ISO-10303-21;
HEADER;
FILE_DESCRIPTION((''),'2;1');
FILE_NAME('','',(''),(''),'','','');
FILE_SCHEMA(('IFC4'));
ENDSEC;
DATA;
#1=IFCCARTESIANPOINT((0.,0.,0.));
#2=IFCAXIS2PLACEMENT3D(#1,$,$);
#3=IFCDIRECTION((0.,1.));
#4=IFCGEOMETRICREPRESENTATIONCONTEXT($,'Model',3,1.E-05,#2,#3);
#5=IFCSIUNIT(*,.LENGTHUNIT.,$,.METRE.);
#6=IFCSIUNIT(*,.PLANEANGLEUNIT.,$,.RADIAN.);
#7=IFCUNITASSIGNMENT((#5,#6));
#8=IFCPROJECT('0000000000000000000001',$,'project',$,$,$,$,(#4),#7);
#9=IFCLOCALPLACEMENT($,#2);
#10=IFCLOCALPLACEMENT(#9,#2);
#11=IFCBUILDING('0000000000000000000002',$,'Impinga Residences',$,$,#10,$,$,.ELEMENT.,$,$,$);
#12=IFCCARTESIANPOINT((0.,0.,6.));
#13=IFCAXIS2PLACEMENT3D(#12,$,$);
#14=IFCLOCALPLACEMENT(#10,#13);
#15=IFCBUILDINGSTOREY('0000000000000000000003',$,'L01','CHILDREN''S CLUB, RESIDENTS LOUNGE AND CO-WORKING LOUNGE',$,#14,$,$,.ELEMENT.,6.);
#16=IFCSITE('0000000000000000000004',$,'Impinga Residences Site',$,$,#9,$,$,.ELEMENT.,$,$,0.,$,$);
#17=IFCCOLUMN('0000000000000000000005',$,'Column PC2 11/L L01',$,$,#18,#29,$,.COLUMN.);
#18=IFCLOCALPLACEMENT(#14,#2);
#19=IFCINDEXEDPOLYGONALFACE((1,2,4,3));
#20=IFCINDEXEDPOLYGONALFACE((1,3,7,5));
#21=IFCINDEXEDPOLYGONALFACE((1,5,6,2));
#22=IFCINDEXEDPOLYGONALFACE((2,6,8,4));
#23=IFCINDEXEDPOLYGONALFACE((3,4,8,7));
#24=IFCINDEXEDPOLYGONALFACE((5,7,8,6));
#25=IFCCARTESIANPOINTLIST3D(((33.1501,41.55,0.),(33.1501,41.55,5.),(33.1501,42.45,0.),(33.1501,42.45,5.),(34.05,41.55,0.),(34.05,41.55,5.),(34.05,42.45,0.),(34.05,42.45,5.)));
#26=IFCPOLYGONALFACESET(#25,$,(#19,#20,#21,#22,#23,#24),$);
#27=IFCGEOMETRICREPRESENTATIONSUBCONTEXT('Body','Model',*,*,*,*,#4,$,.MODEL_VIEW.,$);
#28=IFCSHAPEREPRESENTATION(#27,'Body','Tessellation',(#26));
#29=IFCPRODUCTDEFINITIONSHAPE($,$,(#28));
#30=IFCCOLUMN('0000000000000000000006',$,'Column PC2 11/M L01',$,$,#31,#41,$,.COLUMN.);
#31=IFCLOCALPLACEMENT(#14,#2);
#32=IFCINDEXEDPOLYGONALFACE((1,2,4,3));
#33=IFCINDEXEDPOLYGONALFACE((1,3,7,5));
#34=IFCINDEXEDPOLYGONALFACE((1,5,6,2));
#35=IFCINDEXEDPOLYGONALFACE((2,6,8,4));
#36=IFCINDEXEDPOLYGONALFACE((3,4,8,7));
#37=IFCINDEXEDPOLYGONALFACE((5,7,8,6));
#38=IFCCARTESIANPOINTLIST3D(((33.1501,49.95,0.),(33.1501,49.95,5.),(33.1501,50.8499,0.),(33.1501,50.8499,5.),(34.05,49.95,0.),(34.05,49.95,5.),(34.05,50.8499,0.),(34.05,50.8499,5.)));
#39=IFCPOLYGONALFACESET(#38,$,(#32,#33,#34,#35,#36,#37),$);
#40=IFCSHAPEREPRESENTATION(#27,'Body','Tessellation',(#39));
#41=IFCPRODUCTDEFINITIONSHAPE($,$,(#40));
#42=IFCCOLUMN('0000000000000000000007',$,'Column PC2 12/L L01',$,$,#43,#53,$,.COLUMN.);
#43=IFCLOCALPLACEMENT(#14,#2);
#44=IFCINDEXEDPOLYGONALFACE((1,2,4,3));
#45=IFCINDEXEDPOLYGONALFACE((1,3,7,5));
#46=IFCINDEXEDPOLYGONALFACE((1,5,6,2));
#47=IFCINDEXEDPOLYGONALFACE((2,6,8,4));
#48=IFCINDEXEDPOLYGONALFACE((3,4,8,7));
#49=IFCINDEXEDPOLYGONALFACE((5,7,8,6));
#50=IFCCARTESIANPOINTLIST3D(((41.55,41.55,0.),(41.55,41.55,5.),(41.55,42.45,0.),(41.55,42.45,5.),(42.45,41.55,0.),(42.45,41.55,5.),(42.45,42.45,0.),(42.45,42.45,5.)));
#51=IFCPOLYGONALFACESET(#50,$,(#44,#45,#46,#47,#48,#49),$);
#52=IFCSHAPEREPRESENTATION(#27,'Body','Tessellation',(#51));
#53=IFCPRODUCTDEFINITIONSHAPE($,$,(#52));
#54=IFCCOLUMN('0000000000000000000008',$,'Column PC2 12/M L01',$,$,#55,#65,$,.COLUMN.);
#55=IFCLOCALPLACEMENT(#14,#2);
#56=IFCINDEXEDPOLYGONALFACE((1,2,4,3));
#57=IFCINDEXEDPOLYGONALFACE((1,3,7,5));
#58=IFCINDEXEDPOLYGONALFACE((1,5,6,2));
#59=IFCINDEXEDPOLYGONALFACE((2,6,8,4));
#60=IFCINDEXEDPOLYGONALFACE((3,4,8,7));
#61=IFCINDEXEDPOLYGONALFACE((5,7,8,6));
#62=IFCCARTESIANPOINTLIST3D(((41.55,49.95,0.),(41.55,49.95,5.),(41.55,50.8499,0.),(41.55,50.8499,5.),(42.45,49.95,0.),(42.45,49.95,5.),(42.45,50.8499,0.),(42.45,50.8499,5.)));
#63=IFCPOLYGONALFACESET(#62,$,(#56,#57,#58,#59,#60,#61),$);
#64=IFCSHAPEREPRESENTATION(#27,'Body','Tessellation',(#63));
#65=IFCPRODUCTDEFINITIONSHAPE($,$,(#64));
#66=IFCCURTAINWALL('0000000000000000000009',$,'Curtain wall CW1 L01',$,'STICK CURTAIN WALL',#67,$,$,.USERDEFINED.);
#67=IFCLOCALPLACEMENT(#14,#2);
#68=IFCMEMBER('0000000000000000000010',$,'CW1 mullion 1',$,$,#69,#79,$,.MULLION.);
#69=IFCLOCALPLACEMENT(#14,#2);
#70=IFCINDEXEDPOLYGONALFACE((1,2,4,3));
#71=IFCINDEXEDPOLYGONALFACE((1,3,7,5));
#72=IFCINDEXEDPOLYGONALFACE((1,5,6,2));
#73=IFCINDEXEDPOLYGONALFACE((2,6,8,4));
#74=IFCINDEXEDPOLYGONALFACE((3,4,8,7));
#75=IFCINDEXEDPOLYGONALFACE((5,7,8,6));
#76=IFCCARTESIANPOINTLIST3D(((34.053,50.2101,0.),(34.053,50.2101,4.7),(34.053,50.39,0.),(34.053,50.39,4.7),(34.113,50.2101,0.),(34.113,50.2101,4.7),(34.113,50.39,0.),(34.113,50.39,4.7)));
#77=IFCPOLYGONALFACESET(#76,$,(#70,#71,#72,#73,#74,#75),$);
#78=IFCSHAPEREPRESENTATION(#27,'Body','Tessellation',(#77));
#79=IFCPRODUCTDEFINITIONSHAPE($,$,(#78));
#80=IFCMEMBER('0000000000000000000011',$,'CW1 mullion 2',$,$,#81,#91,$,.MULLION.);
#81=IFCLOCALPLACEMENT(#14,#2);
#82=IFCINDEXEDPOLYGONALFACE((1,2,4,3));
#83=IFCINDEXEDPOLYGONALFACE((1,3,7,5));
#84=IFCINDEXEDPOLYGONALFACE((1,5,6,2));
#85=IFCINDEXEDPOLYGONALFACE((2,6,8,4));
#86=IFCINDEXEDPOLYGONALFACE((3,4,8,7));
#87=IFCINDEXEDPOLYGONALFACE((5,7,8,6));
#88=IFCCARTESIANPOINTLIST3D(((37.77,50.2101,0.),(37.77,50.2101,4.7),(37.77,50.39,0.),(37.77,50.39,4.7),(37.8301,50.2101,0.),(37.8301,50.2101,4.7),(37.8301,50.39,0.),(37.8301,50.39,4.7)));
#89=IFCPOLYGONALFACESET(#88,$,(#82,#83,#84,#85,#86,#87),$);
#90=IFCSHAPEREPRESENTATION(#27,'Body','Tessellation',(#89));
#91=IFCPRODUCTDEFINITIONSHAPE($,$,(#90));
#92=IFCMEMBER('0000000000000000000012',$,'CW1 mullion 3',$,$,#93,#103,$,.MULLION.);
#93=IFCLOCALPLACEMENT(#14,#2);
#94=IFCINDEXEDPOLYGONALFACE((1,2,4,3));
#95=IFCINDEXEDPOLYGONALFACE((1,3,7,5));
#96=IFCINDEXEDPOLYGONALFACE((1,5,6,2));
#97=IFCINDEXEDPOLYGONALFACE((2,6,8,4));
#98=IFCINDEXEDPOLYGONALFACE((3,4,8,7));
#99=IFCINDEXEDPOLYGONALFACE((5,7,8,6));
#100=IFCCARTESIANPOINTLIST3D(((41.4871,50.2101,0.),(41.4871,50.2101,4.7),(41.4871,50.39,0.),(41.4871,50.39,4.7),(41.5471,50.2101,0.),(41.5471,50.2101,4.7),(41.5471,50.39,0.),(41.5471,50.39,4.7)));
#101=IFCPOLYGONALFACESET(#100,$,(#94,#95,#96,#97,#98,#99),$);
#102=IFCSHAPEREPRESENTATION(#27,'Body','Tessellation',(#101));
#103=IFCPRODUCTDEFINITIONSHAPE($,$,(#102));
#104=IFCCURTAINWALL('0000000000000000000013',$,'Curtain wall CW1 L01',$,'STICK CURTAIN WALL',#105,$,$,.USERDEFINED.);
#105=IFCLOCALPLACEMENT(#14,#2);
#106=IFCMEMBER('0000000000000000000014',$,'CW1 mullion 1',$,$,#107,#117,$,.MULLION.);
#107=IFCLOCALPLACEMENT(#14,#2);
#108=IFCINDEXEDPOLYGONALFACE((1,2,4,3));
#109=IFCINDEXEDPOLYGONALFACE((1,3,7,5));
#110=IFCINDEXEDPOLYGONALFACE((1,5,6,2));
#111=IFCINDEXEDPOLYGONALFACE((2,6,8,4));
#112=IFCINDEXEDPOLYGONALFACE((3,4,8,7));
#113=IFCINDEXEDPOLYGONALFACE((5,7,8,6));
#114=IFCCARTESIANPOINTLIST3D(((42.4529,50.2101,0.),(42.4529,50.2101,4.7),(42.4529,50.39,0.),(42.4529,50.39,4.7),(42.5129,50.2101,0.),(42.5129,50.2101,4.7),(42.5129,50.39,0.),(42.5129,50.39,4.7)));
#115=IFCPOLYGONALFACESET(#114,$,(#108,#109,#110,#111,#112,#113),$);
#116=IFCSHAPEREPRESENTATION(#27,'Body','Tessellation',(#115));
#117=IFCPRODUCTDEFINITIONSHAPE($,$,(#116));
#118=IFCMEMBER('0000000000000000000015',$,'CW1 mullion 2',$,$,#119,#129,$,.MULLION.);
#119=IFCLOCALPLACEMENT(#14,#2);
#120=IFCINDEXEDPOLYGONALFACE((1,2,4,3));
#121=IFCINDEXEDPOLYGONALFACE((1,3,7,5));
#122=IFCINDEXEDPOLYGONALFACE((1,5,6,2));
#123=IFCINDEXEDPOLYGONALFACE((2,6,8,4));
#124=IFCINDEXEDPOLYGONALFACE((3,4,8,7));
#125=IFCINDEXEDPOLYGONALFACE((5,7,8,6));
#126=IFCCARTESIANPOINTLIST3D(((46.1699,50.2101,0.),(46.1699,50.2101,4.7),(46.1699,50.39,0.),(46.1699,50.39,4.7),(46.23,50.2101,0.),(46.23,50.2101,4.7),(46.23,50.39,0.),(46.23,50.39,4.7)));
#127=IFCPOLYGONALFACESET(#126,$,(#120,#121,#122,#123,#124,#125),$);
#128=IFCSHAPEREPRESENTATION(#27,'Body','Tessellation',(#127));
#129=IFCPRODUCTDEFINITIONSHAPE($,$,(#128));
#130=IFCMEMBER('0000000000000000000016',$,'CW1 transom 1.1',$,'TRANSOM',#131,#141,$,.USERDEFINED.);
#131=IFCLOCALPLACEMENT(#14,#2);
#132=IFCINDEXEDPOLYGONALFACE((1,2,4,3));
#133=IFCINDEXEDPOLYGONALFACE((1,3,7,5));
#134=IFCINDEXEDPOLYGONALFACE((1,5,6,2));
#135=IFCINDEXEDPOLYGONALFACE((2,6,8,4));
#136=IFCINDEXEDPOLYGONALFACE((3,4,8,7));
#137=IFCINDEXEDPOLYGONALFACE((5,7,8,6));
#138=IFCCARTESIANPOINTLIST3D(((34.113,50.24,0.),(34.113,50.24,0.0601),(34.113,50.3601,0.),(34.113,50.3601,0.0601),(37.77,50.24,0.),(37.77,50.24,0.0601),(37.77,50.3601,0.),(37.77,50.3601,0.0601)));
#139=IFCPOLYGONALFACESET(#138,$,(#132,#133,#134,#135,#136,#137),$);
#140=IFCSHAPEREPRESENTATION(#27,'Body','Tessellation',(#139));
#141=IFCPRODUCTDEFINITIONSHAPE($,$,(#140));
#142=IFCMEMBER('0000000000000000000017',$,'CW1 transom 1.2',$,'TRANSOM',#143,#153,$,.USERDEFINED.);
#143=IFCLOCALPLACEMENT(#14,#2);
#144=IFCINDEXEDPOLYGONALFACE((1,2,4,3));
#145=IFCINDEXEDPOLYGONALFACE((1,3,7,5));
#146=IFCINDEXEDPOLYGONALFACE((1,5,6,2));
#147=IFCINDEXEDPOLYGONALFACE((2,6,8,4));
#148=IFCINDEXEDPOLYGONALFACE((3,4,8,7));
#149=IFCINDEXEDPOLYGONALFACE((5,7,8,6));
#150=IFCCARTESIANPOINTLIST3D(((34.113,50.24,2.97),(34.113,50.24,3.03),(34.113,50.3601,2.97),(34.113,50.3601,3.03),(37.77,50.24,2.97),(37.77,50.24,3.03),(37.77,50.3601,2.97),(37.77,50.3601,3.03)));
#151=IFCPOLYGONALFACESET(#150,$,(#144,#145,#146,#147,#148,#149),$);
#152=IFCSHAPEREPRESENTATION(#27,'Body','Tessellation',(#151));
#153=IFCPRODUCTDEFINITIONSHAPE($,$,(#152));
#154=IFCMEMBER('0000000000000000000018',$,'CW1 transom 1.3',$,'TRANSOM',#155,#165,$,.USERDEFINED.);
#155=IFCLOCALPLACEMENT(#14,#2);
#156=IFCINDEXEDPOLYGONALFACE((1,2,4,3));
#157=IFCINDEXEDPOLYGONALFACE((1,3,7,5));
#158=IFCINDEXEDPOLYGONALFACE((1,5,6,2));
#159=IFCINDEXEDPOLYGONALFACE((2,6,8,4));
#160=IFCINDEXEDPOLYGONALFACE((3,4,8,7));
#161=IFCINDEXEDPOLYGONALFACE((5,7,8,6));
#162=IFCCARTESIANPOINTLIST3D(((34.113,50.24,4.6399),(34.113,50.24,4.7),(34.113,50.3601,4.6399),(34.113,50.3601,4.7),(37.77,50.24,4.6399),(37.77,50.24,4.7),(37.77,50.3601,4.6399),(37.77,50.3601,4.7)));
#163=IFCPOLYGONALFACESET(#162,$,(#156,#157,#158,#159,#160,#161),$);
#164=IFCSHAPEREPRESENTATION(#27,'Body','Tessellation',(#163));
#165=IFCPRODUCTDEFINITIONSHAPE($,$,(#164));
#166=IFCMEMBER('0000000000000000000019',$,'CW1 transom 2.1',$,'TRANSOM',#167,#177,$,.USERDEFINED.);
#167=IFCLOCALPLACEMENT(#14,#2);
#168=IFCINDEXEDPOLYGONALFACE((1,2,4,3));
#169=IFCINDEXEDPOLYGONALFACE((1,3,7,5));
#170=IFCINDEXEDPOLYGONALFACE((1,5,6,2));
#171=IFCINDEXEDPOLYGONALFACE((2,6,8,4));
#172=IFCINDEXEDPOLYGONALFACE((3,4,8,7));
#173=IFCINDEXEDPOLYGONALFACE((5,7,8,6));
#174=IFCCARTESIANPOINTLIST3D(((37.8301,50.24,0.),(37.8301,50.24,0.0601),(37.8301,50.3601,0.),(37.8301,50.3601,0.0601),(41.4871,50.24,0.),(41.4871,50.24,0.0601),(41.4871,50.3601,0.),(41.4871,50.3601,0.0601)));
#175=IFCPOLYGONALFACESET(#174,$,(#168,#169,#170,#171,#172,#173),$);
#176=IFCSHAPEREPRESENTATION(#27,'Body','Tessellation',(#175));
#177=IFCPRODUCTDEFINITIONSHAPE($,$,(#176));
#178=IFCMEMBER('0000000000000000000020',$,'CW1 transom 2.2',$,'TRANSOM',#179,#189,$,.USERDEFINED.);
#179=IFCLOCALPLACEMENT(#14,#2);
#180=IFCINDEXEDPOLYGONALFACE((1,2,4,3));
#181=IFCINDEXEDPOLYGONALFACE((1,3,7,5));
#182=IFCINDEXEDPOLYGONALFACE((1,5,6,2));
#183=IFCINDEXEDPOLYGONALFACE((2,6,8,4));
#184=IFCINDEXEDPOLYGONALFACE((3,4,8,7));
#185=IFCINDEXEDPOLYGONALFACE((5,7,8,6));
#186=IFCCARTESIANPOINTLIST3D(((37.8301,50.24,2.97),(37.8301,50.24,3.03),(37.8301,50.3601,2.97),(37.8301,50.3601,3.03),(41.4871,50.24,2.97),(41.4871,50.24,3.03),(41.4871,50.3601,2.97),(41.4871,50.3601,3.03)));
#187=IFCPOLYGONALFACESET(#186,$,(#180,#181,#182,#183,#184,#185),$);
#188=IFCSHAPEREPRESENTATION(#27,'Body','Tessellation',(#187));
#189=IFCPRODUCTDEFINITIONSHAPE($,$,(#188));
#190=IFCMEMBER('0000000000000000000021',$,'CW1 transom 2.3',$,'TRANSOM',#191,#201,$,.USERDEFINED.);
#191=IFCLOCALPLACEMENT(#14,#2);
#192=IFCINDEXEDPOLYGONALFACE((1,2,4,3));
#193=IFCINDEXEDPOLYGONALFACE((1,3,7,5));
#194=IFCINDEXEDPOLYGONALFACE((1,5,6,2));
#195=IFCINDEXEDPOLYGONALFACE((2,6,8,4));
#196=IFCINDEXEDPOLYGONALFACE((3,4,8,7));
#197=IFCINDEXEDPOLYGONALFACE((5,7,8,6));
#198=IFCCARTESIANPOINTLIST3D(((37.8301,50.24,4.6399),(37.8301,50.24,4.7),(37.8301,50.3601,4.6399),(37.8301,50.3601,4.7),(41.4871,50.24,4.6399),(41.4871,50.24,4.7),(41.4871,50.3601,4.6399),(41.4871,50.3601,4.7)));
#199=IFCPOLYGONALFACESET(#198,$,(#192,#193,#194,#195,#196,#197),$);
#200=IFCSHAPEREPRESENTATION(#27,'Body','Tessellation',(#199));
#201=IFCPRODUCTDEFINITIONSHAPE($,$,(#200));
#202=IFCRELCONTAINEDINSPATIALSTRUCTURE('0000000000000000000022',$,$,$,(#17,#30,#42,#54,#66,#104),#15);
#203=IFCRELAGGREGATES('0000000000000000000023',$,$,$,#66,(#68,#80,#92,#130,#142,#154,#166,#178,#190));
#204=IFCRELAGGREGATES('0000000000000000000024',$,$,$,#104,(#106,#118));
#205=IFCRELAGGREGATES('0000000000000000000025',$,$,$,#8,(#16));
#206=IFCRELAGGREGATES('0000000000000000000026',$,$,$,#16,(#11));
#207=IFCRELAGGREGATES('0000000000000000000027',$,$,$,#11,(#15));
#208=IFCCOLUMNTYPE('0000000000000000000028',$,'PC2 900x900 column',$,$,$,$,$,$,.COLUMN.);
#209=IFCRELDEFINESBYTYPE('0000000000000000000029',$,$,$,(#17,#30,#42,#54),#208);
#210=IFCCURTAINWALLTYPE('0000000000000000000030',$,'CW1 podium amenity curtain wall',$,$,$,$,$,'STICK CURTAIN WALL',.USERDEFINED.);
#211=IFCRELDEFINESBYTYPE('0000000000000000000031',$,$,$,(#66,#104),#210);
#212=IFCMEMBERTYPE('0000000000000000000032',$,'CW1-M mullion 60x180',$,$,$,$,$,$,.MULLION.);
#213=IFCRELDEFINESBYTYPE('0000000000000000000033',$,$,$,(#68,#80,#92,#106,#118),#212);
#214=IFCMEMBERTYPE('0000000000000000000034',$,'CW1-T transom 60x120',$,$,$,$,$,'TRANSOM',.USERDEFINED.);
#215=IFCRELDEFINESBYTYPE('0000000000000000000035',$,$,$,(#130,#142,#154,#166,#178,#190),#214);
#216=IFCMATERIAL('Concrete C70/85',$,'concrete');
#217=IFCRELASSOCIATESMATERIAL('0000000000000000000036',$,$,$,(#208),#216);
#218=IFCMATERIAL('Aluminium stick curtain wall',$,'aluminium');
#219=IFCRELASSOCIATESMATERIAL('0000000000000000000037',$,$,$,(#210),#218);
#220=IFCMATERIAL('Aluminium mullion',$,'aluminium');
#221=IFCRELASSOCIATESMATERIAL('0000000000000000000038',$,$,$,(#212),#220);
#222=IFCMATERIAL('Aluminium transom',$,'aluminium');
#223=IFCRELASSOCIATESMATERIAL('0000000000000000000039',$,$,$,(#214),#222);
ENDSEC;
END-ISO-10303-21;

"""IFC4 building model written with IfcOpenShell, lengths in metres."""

from ifc_helpers import new_model, si_unit, direction, frame, origin, origin_2d, place, context, subcontext, project, spatial, rectangle, extrude, material, material_profile, profile_set, type_object, element, aggregate, save


model = new_model("IFC4")

# Units and contexts
model_context = context("Model", 3, precision=1e-05, world=origin(), true_north=direction((0.0, 1.0)))
body_context = subcontext(model_context, "Body", "Model", "MODEL_VIEW")
ifc_project = project(units=[si_unit("LENGTHUNIT", "METRE"), si_unit("PLANEANGLEUNIT", "RADIAN")], contexts=[model_context])

# Site, building, storey
site_placement = place(None, origin())
site = spatial("IfcSite", under=ifc_project, at=site_placement, Name="Impinga Residences Site", CompositionType="ELEMENT", RefElevation=0.0)
building_placement = place(site_placement, origin())
building = spatial("IfcBuilding", under=site, at=building_placement, Name="Impinga Residences", CompositionType="ELEMENT")
storey_placement = place(building_placement, frame((0.0, 0.0, 6.0)))
storey = spatial("IfcBuildingStorey", under=building, at=storey_placement, Name="L01", Description="CHILDREN'S CLUB, RESIDENTS LOUNGE AND CO-WORKING LOUNGE", CompositionType="ELEMENT", Elevation=6.0)

# Columns
ifc_material_1 = material(Name="Concrete C70/85", Category="concrete")
ifc_material_profile_1 = material_profile(ifc_material_1, rectangle(XDim=0.8999, YDim=0.8999, at=origin_2d()), Name="RC 900x900")
ifc_profile_set_1 = profile_set([ifc_material_profile_1], Name="Concrete C70/85")
column_type = type_object("IfcColumnType", Name="PC2 900x900 column", PredefinedType="COLUMN", material=ifc_profile_set_1)
for number, where, z_axis, x_axis, name in (
    (1, (33.6001, 42.0, 0.0), (0.0, 0.0, 1.0), (1.0, 0.0, 0.0), "Column PC2 11/L L01"),
    (2, (33.6001, 50.3999, 0.0), (0.0, 0.0, 1.0), (1.0, 0.0, 0.0), "Column PC2 11/M L01"),
    (3, (42.0, 42.0, 0.0), (0.0, 0.0, 1.0), (1.0, 0.0, 0.0), "Column PC2 12/L L01"),
    (4, (42.0, 50.3999, 0.0), (0.0, 0.0, 1.0), (1.0, 0.0, 0.0), "Column PC2 12/M L01"),
):
    element("IfcColumn", number, at=place(storey_placement, frame(where, z_axis=z_axis, x_axis=x_axis)), inside=storey, type_object=column_type, Name=name, PredefinedType="COLUMN", context=body_context, shape_type="SweptSolid", body=[
        extrude(rectangle(XDim=0.8999, YDim=0.8999, at=origin_2d()), origin(), (0.0, 0.0, 1.0), 5.0),
    ])

# Curtain walls, members
ifc_material_2 = material(Name="Aluminium stick curtain wall", Category="aluminium")
curtain_wall_type = type_object("IfcCurtainWallType", Name="CW1 podium amenity curtain wall", ElementType="STICK CURTAIN WALL", PredefinedType="USERDEFINED", material=ifc_material_2)
curtain_wall_1_placement = place(storey_placement, origin())
curtain_wall_1 = element("IfcCurtainWall", 5, at=curtain_wall_1_placement, inside=storey, type_object=curtain_wall_type, Name="Curtain wall CW1 L01", ObjectType="STICK CURTAIN WALL", PredefinedType="USERDEFINED")
ifc_material_3 = material(Name="Aluminium mullion", Category="aluminium")
ifc_material_profile_2 = material_profile(ifc_material_3, rectangle(XDim=0.0601, YDim=0.1799, at=origin_2d()), Name="60x180 mullion")
ifc_profile_set_2 = profile_set([ifc_material_profile_2], Name="Aluminium mullion")
member_type_1 = type_object("IfcMemberType", Name="CW1-M mullion 60x180", PredefinedType="MULLION", material=ifc_profile_set_2)
member_1_placement = place(storey_placement, frame((34.083, 50.3, 0.0), z_axis=(0.0, 0.0, 1.0), x_axis=(1.0, 0.0, 0.0)))
member_1 = element("IfcMember", 6, at=member_1_placement, type_object=member_type_1, Name="CW1 mullion 1", PredefinedType="MULLION", context=body_context, shape_type="SweptSolid", body=[
    extrude(rectangle(XDim=0.0601, YDim=0.1799, at=origin_2d()), origin(), (0.0, 0.0, 1.0), 4.7),
])
member_2_placement = place(storey_placement, frame((37.8, 50.3, 0.0), z_axis=(0.0, 0.0, 1.0), x_axis=(1.0, 0.0, 0.0)))
member_2 = element("IfcMember", 7, at=member_2_placement, type_object=member_type_1, Name="CW1 mullion 2", PredefinedType="MULLION", context=body_context, shape_type="SweptSolid", body=[
    extrude(rectangle(XDim=0.0601, YDim=0.1799, at=origin_2d()), origin(), (0.0, 0.0, 1.0), 4.7),
])
member_3_placement = place(storey_placement, frame((41.5171, 50.3, 0.0), z_axis=(0.0, 0.0, 1.0), x_axis=(1.0, 0.0, 0.0)))
member_3 = element("IfcMember", 8, at=member_3_placement, type_object=member_type_1, Name="CW1 mullion 3", PredefinedType="MULLION", context=body_context, shape_type="SweptSolid", body=[
    extrude(rectangle(XDim=0.0601, YDim=0.1799, at=origin_2d()), origin(), (0.0, 0.0, 1.0), 4.7),
])
curtain_wall_2_placement = place(storey_placement, origin())
curtain_wall_2 = element("IfcCurtainWall", 9, at=curtain_wall_2_placement, inside=storey, type_object=curtain_wall_type, Name="Curtain wall CW1 L01", ObjectType="STICK CURTAIN WALL", PredefinedType="USERDEFINED")
member_4_placement = place(storey_placement, frame((42.4829, 50.3, 0.0), z_axis=(0.0, 0.0, 1.0), x_axis=(1.0, 0.0, 0.0)))
member_4 = element("IfcMember", 10, at=member_4_placement, type_object=member_type_1, Name="CW1 mullion 1", PredefinedType="MULLION", context=body_context, shape_type="SweptSolid", body=[
    extrude(rectangle(XDim=0.0601, YDim=0.1799, at=origin_2d()), origin(), (0.0, 0.0, 1.0), 4.7),
])
member_5_placement = place(storey_placement, frame((46.2, 50.3, 0.0), z_axis=(0.0, 0.0, 1.0), x_axis=(1.0, 0.0, 0.0)))
member_5 = element("IfcMember", 11, at=member_5_placement, type_object=member_type_1, Name="CW1 mullion 2", PredefinedType="MULLION", context=body_context, shape_type="SweptSolid", body=[
    extrude(rectangle(XDim=0.0601, YDim=0.1799, at=origin_2d()), origin(), (0.0, 0.0, 1.0), 4.7),
])

# Members
ifc_material_4 = material(Name="Aluminium transom", Category="aluminium")
ifc_material_profile_3 = material_profile(ifc_material_4, rectangle(XDim=0.0601, YDim=0.1201, at=origin_2d()), Name="60x120 transom")
ifc_profile_set_3 = profile_set([ifc_material_profile_3], Name="Aluminium transom")
member_type_2 = type_object("IfcMemberType", Name="CW1-T transom 60x120", ElementType="TRANSOM", PredefinedType="USERDEFINED", material=ifc_profile_set_3)
member_6_placement = place(storey_placement, frame((34.113, 50.3, 0.03), z_axis=(1.0, 0.0, 0.0), x_axis=(0.0, 0.0, 1.0)))
member_6 = element("IfcMember", 12, at=member_6_placement, type_object=member_type_2, Name="CW1 transom 1.1", ObjectType="TRANSOM", PredefinedType="USERDEFINED", context=body_context, shape_type="SweptSolid", body=[
    extrude(rectangle(XDim=0.0601, YDim=0.1201, at=origin_2d()), origin(), (0.0, 0.0, 1.0), 3.657),
])
member_7_placement = place(storey_placement, frame((34.113, 50.3, 3.0), z_axis=(1.0, 0.0, 0.0), x_axis=(0.0, 0.0, 1.0)))
member_7 = element("IfcMember", 13, at=member_7_placement, type_object=member_type_2, Name="CW1 transom 1.2", ObjectType="TRANSOM", PredefinedType="USERDEFINED", context=body_context, shape_type="SweptSolid", body=[
    extrude(rectangle(XDim=0.0601, YDim=0.1201, at=origin_2d()), origin(), (0.0, 0.0, 1.0), 3.657),
])
member_8_placement = place(storey_placement, frame((34.113, 50.3, 4.6699), z_axis=(1.0, 0.0, 0.0), x_axis=(0.0, 0.0, 1.0)))
member_8 = element("IfcMember", 14, at=member_8_placement, type_object=member_type_2, Name="CW1 transom 1.3", ObjectType="TRANSOM", PredefinedType="USERDEFINED", context=body_context, shape_type="SweptSolid", body=[
    extrude(rectangle(XDim=0.0601, YDim=0.1201, at=origin_2d()), origin(), (0.0, 0.0, 1.0), 3.657),
])
member_9_placement = place(storey_placement, frame((37.8301, 50.3, 0.03), z_axis=(1.0, 0.0, 0.0), x_axis=(0.0, 0.0, 1.0)))
member_9 = element("IfcMember", 15, at=member_9_placement, type_object=member_type_2, Name="CW1 transom 2.1", ObjectType="TRANSOM", PredefinedType="USERDEFINED", context=body_context, shape_type="SweptSolid", body=[
    extrude(rectangle(XDim=0.0601, YDim=0.1201, at=origin_2d()), origin(), (0.0, 0.0, 1.0), 3.657),
])
member_10_placement = place(storey_placement, frame((37.8301, 50.3, 3.0), z_axis=(1.0, 0.0, 0.0), x_axis=(0.0, 0.0, 1.0)))
member_10 = element("IfcMember", 16, at=member_10_placement, type_object=member_type_2, Name="CW1 transom 2.2", ObjectType="TRANSOM", PredefinedType="USERDEFINED", context=body_context, shape_type="SweptSolid", body=[
    extrude(rectangle(XDim=0.0601, YDim=0.1201, at=origin_2d()), origin(), (0.0, 0.0, 1.0), 3.657),
])
member_11_placement = place(storey_placement, frame((37.8301, 50.3, 4.6699), z_axis=(1.0, 0.0, 0.0), x_axis=(0.0, 0.0, 1.0)))
member_11 = element("IfcMember", 17, at=member_11_placement, type_object=member_type_2, Name="CW1 transom 2.3", ObjectType="TRANSOM", PredefinedType="USERDEFINED", context=body_context, shape_type="SweptSolid", body=[
    extrude(rectangle(XDim=0.0601, YDim=0.1201, at=origin_2d()), origin(), (0.0, 0.0, 1.0), 3.657),
])

aggregate(curtain_wall_1, [member_1, member_2, member_3, member_6, member_7, member_8, member_9, member_10, member_11])
aggregate(curtain_wall_2, [member_4, member_5])

save(model, "model.ifc")
